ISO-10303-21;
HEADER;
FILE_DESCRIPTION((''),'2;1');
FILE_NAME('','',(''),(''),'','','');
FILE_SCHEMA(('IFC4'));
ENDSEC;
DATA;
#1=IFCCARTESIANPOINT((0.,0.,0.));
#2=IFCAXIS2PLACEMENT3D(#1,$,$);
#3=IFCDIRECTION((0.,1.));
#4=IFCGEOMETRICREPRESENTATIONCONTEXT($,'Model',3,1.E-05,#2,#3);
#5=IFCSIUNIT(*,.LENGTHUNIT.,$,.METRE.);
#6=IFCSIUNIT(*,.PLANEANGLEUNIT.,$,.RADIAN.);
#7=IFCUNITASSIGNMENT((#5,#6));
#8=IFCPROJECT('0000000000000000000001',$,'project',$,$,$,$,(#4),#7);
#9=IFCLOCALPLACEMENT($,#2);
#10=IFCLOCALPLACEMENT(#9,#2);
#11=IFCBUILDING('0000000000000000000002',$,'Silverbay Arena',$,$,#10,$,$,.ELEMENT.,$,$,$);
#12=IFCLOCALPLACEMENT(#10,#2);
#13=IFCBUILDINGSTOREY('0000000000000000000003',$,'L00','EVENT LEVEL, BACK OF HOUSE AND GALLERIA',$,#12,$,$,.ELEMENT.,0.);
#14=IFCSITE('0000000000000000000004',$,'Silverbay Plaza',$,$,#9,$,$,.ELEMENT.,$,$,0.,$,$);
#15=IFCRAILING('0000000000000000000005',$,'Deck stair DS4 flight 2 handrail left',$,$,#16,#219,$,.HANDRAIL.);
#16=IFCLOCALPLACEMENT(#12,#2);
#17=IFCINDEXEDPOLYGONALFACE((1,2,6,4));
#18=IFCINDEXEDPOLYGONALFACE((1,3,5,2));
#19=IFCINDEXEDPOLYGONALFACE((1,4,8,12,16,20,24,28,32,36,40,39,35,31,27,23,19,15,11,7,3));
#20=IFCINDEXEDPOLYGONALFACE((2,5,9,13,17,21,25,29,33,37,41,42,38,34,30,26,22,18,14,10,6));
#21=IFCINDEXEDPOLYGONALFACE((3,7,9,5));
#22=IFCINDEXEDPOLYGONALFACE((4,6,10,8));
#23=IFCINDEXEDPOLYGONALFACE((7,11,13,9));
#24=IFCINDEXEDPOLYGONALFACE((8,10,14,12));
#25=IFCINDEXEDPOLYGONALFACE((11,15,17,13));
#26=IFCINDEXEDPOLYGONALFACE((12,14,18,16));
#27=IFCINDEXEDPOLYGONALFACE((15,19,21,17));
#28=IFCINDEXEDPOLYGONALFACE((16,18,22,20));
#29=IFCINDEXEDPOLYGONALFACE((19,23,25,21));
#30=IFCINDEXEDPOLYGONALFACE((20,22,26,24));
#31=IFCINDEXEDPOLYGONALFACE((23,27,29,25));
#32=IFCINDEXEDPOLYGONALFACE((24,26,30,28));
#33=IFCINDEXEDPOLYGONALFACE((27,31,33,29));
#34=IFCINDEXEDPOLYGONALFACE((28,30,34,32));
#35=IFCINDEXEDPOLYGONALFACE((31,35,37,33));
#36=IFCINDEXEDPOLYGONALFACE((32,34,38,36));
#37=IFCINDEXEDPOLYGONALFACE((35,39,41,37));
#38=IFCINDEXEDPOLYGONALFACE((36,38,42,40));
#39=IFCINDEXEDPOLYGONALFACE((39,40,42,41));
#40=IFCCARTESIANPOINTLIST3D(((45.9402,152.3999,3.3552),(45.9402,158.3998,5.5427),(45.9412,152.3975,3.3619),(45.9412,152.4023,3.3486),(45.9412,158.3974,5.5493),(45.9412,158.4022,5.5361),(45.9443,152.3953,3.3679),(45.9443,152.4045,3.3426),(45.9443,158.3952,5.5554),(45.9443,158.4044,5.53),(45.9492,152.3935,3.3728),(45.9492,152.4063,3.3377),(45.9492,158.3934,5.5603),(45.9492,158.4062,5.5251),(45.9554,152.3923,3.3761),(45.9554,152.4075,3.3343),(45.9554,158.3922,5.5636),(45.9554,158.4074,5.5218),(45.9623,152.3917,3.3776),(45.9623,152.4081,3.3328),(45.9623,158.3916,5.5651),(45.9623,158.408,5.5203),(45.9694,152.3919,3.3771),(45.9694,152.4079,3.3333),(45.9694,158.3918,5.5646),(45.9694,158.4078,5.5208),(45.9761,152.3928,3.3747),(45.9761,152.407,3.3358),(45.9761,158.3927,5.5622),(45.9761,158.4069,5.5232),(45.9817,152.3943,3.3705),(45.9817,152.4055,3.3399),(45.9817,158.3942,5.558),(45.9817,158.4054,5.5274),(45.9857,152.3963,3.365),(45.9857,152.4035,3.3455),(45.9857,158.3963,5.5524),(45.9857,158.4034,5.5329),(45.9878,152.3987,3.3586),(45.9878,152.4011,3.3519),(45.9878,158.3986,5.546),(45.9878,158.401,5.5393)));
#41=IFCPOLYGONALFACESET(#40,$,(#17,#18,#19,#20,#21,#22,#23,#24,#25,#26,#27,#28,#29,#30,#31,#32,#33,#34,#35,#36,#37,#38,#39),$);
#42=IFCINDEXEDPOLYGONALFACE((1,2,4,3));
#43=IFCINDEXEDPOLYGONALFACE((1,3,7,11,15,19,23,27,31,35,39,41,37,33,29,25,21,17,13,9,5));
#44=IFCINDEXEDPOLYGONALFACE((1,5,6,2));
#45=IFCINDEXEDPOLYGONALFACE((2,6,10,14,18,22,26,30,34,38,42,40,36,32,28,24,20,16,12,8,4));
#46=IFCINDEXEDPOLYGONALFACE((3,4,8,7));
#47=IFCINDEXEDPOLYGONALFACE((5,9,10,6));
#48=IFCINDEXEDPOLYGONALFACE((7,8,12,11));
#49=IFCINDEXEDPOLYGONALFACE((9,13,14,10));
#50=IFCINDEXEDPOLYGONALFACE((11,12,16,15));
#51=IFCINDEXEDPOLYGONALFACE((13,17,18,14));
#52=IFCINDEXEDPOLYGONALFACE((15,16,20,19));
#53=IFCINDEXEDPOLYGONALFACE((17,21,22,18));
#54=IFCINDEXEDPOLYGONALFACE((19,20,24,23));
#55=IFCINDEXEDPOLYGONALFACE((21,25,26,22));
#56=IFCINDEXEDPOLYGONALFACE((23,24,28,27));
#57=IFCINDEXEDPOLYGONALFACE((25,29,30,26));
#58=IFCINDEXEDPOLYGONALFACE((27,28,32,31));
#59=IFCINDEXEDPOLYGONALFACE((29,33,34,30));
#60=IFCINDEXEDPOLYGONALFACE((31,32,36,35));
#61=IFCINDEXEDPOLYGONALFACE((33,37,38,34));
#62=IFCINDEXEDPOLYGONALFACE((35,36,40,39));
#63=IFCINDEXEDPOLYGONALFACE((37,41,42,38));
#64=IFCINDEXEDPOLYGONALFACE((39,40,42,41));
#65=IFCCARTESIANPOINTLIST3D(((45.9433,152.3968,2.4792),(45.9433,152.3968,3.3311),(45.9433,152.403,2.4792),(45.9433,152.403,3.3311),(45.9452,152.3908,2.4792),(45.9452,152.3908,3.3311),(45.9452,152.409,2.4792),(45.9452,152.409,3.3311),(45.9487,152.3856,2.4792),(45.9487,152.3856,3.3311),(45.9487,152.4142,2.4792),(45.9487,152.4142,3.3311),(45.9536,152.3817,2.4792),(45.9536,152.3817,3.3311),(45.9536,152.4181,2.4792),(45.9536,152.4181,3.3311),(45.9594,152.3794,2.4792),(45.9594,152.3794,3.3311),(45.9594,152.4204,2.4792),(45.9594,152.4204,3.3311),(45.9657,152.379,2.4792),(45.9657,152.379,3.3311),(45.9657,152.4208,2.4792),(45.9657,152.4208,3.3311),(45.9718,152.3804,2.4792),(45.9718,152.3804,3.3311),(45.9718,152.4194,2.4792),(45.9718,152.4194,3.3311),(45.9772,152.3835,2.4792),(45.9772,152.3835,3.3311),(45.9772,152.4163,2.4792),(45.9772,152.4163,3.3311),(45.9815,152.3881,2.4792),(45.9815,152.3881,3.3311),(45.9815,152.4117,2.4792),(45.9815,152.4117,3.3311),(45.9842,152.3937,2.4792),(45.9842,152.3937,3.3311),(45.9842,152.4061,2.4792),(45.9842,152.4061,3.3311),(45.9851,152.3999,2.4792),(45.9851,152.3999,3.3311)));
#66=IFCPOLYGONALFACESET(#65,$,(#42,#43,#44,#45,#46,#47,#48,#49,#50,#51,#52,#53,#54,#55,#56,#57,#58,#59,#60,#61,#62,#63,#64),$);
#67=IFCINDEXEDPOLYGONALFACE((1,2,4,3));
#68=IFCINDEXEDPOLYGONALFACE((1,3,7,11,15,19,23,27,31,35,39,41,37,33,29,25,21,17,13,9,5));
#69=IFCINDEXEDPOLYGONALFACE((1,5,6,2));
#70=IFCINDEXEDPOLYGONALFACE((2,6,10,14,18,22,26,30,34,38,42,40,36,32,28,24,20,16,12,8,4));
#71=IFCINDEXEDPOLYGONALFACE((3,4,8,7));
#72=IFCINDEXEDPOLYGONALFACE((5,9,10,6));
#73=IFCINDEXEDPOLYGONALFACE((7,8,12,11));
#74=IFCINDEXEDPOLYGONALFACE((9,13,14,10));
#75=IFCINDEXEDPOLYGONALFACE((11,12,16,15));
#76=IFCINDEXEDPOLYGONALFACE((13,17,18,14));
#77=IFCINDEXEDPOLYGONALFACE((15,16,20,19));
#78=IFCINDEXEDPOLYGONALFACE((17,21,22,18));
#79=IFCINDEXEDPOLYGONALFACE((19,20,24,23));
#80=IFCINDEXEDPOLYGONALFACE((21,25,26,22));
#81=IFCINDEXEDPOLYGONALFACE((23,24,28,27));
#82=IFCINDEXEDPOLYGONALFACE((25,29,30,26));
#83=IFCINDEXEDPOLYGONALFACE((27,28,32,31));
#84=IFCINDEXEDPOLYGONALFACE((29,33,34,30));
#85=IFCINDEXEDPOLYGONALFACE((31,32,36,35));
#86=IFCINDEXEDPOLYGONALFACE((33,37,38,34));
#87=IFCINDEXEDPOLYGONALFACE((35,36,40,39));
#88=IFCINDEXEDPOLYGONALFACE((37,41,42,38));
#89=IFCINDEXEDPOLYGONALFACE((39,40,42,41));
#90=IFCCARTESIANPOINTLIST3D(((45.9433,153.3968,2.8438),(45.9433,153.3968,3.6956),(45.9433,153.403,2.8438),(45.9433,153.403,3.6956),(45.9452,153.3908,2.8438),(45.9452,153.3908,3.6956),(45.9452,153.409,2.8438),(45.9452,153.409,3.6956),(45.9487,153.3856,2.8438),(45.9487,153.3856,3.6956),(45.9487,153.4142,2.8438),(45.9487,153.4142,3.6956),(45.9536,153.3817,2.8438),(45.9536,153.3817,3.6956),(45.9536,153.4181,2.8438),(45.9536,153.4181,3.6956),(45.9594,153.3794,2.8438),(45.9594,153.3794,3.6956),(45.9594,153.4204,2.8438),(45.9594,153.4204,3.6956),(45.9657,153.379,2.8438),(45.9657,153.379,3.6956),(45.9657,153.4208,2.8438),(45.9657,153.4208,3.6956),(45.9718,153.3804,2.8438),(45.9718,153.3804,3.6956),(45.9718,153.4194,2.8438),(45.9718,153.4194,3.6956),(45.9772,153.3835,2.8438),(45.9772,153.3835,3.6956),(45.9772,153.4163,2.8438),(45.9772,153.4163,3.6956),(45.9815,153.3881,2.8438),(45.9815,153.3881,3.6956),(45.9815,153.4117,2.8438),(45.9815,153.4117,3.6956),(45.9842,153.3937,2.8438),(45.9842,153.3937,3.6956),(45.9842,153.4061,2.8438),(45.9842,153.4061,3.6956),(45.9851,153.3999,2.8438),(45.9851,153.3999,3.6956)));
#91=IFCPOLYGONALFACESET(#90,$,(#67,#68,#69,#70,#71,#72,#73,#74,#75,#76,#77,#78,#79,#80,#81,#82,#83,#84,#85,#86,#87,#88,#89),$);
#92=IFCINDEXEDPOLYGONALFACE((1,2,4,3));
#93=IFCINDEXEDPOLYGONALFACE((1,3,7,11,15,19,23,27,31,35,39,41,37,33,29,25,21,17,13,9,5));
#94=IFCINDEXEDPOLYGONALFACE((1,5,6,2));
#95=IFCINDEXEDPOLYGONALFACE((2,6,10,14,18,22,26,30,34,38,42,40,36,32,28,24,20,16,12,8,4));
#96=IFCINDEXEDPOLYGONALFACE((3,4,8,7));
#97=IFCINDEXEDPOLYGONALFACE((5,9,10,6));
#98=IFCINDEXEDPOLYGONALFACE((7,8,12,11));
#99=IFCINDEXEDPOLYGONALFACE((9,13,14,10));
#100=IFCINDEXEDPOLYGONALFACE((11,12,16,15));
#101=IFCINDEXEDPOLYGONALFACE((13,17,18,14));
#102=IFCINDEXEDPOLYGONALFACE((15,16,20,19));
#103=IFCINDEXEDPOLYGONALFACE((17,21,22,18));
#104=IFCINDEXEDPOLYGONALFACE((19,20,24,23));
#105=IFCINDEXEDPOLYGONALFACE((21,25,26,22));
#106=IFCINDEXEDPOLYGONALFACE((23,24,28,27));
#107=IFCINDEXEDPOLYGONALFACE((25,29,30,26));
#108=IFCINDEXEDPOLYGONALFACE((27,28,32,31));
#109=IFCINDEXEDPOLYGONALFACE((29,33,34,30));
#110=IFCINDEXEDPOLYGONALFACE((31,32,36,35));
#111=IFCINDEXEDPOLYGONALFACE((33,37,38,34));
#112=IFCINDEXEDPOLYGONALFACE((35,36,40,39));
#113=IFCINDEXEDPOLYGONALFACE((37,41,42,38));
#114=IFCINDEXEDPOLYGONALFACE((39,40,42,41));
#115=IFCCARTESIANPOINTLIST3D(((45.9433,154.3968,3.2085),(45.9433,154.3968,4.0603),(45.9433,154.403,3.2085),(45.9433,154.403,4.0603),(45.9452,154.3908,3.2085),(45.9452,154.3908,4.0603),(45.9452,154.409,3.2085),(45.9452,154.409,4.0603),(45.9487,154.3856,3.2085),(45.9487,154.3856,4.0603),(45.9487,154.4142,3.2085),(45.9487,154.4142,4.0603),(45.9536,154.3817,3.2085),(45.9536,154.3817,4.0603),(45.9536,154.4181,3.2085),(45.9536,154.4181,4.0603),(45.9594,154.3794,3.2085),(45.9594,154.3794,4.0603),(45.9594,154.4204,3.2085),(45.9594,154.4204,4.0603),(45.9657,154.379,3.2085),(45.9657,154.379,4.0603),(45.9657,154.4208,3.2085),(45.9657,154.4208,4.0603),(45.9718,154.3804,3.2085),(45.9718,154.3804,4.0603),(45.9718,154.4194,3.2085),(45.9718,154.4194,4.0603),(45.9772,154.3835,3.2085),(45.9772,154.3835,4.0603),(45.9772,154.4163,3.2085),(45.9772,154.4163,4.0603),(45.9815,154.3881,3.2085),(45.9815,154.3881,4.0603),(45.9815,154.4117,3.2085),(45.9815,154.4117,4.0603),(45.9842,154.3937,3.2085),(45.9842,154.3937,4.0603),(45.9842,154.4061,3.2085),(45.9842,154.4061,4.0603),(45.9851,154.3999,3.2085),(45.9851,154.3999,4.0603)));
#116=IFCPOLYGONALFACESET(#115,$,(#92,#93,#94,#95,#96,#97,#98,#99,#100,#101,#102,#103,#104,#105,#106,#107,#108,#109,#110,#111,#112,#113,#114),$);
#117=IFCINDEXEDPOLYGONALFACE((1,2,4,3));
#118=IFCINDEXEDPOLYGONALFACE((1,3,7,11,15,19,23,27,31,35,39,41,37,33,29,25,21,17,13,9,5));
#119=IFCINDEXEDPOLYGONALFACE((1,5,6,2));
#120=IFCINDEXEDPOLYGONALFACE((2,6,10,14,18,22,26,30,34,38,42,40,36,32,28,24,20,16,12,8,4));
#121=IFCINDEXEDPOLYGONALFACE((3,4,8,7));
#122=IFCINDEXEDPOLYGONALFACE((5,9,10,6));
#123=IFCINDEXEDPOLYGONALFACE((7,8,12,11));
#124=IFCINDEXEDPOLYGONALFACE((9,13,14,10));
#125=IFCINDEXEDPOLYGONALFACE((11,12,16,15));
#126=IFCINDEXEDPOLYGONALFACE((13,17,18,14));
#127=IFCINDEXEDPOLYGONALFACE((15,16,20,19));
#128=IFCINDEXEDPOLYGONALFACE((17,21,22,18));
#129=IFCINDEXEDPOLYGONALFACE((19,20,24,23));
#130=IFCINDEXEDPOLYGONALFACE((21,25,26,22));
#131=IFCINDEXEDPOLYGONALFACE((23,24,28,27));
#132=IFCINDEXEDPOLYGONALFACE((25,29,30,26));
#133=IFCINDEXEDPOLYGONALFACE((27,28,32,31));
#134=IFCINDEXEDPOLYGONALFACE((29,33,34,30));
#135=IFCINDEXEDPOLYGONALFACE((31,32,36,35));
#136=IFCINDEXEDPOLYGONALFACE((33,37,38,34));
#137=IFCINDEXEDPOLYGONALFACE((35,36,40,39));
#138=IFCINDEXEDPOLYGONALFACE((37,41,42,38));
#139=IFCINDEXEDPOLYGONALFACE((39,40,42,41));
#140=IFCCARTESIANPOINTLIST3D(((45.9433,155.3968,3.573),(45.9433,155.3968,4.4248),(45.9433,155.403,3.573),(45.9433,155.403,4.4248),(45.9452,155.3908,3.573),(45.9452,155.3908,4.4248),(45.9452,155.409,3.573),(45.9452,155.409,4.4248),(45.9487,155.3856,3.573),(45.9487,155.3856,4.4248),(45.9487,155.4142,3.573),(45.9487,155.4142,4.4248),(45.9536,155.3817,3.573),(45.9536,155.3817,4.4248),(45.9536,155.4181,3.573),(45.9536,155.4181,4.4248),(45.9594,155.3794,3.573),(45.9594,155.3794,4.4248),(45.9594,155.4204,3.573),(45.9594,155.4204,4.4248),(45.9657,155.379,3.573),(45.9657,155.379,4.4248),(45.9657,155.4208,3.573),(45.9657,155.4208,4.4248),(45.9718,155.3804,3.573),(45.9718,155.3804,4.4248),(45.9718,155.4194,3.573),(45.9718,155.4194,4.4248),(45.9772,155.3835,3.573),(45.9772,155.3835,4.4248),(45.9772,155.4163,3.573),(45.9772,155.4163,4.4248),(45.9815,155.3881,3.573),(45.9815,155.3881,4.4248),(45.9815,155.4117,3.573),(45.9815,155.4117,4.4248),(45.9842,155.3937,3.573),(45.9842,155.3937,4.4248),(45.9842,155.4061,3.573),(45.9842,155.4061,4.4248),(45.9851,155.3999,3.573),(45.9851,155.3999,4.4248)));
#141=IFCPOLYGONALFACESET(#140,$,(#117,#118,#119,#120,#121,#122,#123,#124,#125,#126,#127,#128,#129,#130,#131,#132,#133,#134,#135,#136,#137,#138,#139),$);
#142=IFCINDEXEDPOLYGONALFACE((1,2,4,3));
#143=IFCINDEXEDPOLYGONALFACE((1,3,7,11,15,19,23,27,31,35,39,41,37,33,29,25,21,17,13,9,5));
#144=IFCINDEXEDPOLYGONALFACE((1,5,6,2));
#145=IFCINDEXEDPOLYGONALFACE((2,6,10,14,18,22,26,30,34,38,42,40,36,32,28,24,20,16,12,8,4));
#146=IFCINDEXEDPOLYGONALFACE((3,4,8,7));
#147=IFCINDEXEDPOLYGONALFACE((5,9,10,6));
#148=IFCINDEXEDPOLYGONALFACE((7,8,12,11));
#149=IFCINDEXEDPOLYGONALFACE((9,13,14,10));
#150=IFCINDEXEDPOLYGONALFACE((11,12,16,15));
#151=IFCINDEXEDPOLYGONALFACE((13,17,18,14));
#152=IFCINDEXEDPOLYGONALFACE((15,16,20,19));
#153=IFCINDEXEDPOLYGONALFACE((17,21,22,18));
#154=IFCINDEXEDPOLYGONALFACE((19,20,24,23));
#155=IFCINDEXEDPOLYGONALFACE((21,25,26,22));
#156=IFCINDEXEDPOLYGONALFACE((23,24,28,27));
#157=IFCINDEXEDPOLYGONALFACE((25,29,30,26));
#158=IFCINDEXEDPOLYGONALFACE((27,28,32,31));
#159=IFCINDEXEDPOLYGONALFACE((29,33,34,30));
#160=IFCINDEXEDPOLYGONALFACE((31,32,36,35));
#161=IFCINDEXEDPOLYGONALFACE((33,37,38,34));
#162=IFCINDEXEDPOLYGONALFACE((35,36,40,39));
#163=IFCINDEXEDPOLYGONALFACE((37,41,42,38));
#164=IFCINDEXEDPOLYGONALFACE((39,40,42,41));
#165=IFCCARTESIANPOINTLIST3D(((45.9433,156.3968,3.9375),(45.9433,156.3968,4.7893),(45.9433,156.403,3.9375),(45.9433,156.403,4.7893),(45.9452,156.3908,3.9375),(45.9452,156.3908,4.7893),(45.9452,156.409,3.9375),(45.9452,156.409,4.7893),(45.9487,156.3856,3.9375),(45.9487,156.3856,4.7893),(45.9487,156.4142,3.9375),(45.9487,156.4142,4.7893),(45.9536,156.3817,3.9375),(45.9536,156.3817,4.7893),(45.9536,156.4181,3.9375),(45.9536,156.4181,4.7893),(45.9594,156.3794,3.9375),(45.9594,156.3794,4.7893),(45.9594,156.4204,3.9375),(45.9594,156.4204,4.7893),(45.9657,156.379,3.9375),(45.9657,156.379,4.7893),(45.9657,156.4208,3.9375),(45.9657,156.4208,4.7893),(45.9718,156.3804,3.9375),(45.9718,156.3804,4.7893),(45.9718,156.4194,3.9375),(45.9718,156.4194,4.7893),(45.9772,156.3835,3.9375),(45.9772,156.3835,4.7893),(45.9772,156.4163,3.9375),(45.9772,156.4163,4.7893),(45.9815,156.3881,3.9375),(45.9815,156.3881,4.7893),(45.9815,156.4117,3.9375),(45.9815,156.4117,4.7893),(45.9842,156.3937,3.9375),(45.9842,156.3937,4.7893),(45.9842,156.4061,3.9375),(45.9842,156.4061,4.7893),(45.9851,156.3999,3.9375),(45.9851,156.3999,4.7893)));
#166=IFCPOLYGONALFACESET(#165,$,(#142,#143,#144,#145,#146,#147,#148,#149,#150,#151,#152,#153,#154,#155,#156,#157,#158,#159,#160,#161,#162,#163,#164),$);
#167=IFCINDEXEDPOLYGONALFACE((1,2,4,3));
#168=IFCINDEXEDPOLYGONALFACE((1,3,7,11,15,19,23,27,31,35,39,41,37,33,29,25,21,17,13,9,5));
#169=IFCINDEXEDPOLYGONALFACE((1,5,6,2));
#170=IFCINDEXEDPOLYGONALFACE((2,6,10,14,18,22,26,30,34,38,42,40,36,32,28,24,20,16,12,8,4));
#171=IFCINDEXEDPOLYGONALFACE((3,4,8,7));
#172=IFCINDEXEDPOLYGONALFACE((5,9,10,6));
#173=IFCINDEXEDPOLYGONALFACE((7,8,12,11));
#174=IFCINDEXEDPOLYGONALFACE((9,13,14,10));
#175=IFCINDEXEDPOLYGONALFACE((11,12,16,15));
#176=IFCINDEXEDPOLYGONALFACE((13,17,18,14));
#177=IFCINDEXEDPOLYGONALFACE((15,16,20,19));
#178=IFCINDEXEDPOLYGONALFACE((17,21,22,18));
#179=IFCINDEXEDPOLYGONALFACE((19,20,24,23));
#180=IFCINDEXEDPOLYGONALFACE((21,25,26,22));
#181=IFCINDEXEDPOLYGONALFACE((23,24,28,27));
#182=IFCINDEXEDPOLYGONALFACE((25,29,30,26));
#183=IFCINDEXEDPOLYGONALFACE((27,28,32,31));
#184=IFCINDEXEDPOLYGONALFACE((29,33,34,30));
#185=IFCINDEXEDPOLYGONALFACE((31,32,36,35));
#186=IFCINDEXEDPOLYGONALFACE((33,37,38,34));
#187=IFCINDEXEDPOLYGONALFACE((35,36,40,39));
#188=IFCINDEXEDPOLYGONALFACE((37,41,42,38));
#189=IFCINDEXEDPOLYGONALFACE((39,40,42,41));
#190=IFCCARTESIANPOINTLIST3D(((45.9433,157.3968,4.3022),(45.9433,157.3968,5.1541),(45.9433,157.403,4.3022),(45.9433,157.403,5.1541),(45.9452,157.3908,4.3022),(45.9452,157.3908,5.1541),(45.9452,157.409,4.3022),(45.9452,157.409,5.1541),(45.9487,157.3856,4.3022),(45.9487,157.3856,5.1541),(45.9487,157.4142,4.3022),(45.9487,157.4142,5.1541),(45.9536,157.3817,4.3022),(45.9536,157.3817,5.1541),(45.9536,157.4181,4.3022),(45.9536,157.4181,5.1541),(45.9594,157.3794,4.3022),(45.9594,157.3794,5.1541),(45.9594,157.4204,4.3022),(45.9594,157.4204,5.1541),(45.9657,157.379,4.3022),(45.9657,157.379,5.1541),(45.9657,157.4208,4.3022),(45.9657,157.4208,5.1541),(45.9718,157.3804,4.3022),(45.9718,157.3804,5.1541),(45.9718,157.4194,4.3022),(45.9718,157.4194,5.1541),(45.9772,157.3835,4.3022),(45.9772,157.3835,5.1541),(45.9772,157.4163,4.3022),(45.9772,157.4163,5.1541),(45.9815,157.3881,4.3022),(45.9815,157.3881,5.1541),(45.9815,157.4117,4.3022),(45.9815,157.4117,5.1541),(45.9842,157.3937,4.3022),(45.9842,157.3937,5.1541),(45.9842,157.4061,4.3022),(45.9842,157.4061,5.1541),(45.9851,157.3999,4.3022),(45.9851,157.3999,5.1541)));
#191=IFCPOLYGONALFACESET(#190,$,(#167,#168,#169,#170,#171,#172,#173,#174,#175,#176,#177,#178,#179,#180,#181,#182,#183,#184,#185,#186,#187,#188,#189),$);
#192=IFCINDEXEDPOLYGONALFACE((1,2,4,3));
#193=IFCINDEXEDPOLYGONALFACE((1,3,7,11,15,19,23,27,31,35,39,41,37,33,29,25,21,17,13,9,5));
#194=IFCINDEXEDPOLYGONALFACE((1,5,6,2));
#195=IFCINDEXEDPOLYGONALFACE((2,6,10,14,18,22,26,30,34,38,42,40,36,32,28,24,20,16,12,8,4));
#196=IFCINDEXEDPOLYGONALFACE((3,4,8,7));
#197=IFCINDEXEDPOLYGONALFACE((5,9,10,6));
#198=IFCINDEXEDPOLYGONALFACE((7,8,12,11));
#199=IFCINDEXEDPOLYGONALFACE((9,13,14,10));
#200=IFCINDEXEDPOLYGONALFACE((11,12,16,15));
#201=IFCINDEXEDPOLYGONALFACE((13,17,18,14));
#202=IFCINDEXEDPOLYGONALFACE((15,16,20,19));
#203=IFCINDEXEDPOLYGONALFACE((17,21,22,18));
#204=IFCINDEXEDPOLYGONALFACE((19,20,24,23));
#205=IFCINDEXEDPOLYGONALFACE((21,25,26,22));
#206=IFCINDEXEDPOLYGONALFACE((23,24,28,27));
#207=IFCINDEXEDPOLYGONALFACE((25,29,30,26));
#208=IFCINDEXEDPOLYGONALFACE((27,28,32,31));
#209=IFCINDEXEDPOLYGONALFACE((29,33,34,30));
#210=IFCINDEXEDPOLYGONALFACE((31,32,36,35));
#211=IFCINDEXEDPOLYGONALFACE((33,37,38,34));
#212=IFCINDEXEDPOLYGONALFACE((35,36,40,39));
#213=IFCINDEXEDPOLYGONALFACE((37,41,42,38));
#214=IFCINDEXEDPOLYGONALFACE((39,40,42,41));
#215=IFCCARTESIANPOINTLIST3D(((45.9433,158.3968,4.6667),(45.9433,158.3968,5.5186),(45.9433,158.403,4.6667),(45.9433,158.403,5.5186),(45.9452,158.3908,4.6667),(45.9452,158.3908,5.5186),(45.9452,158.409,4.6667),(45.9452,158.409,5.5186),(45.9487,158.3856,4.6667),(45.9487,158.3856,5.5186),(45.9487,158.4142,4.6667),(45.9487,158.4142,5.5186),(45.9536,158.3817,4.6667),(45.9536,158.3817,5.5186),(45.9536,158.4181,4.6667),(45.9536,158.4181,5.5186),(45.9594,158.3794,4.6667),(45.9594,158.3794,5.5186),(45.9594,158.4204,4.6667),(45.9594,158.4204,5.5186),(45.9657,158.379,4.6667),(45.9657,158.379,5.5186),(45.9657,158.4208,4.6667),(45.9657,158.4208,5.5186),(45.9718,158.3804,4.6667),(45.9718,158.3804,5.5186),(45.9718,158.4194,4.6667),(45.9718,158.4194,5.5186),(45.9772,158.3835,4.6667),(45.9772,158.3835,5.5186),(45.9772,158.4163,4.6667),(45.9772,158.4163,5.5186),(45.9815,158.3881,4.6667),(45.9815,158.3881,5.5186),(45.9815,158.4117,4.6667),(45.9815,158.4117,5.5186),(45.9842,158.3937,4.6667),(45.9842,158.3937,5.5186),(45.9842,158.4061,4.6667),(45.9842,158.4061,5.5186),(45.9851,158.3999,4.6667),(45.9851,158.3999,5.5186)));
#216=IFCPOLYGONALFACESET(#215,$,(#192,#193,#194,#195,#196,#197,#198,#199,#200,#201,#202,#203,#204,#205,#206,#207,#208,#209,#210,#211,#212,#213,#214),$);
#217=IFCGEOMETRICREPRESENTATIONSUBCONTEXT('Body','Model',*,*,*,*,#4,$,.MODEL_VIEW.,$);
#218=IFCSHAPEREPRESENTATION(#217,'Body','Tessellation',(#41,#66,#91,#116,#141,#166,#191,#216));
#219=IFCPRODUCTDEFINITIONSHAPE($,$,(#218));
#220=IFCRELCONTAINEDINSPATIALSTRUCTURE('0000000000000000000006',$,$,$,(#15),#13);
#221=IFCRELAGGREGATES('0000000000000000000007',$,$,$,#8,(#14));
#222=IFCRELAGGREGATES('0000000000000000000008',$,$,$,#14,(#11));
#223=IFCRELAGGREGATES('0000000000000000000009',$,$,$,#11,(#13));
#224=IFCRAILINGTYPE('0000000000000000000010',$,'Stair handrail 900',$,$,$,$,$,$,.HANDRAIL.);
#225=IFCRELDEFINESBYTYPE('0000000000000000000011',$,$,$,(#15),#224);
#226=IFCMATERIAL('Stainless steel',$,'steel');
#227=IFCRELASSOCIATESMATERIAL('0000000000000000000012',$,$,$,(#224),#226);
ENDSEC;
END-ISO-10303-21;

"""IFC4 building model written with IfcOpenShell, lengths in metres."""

from ifc_helpers import new_model, si_unit, direction, frame, origin, origin_2d, place, context, subcontext, project, spatial, circle, extrude, material, type_object, element, save


model = new_model("IFC4")

# Units and contexts
model_context = context("Model", 3, precision=1e-05, world=origin(), true_north=direction((0.0, 1.0)))
body_context = subcontext(model_context, "Body", "Model", "MODEL_VIEW")
ifc_project = project(units=[si_unit("LENGTHUNIT", "METRE"), si_unit("PLANEANGLEUNIT", "RADIAN")], contexts=[model_context])

# Site, building, storey
site_placement = place(None, origin())
site = spatial("IfcSite", under=ifc_project, at=site_placement, Name="Silverbay Plaza", CompositionType="ELEMENT", RefElevation=0.0)
building_placement = place(site_placement, origin())
building = spatial("IfcBuilding", under=site, at=building_placement, Name="Silverbay Arena", CompositionType="ELEMENT")
storey_placement = place(building_placement, origin())
storey = spatial("IfcBuildingStorey", under=building, at=storey_placement, Name="L00", Description="EVENT LEVEL, BACK OF HOUSE AND GALLERIA", CompositionType="ELEMENT", Elevation=0.0)

# Railing
ifc_material_1 = material(Name="Stainless steel", Category="steel")
railing_type_1 = type_object("IfcRailingType", Name="Stair handrail 900", PredefinedType="HANDRAIL", material=ifc_material_1)
for number, where, name in (
    (1, (45.9641, 152.3999, 2.4792), "Deck stair DS4 flight 2 handrail left"),
):
    element("IfcRailing", number, at=place(storey_placement, frame(where)), inside=storey, type_object=railing_type_1, Name=name, PredefinedType="HANDRAIL", context=body_context, shape_type="SweptSolid", body=[
        extrude(circle(Radius=0.0239, at=origin_2d()), frame((0.0, 0.0, 0.876), z_axis=(0.0, 0.939507, 0.342529), x_axis=(-1.0, 0.0, 0.0)), (0.0, 0.0, 1.0), 6.3862),
        extrude(circle(Radius=0.021, at=origin_2d()), origin(), (0.0, 0.0, 1.0), 0.8518),
        extrude(circle(Radius=0.021, at=origin_2d()), frame((0.0, 1.0, 0.3645)), (0.0, 0.0, 1.0), 0.8518),
        extrude(circle(Radius=0.021, at=origin_2d()), frame((0.0, 2.0, 0.7292)), (0.0, 0.0, 1.0), 0.8518),
        extrude(circle(Radius=0.021, at=origin_2d()), frame((0.0, 3.0, 1.0938)), (0.0, 0.0, 1.0), 0.8518),
        extrude(circle(Radius=0.021, at=origin_2d()), frame((0.0, 4.0, 1.4583)), (0.0, 0.0, 1.0), 0.8518),
        extrude(circle(Radius=0.021, at=origin_2d()), frame((0.0, 5.0, 1.823)), (0.0, 0.0, 1.0), 0.8518),
        extrude(circle(Radius=0.021, at=origin_2d()), frame((0.0, 6.0, 2.1875)), (0.0, 0.0, 1.0), 0.8518),
    ])

save(model, "model.ifc")
